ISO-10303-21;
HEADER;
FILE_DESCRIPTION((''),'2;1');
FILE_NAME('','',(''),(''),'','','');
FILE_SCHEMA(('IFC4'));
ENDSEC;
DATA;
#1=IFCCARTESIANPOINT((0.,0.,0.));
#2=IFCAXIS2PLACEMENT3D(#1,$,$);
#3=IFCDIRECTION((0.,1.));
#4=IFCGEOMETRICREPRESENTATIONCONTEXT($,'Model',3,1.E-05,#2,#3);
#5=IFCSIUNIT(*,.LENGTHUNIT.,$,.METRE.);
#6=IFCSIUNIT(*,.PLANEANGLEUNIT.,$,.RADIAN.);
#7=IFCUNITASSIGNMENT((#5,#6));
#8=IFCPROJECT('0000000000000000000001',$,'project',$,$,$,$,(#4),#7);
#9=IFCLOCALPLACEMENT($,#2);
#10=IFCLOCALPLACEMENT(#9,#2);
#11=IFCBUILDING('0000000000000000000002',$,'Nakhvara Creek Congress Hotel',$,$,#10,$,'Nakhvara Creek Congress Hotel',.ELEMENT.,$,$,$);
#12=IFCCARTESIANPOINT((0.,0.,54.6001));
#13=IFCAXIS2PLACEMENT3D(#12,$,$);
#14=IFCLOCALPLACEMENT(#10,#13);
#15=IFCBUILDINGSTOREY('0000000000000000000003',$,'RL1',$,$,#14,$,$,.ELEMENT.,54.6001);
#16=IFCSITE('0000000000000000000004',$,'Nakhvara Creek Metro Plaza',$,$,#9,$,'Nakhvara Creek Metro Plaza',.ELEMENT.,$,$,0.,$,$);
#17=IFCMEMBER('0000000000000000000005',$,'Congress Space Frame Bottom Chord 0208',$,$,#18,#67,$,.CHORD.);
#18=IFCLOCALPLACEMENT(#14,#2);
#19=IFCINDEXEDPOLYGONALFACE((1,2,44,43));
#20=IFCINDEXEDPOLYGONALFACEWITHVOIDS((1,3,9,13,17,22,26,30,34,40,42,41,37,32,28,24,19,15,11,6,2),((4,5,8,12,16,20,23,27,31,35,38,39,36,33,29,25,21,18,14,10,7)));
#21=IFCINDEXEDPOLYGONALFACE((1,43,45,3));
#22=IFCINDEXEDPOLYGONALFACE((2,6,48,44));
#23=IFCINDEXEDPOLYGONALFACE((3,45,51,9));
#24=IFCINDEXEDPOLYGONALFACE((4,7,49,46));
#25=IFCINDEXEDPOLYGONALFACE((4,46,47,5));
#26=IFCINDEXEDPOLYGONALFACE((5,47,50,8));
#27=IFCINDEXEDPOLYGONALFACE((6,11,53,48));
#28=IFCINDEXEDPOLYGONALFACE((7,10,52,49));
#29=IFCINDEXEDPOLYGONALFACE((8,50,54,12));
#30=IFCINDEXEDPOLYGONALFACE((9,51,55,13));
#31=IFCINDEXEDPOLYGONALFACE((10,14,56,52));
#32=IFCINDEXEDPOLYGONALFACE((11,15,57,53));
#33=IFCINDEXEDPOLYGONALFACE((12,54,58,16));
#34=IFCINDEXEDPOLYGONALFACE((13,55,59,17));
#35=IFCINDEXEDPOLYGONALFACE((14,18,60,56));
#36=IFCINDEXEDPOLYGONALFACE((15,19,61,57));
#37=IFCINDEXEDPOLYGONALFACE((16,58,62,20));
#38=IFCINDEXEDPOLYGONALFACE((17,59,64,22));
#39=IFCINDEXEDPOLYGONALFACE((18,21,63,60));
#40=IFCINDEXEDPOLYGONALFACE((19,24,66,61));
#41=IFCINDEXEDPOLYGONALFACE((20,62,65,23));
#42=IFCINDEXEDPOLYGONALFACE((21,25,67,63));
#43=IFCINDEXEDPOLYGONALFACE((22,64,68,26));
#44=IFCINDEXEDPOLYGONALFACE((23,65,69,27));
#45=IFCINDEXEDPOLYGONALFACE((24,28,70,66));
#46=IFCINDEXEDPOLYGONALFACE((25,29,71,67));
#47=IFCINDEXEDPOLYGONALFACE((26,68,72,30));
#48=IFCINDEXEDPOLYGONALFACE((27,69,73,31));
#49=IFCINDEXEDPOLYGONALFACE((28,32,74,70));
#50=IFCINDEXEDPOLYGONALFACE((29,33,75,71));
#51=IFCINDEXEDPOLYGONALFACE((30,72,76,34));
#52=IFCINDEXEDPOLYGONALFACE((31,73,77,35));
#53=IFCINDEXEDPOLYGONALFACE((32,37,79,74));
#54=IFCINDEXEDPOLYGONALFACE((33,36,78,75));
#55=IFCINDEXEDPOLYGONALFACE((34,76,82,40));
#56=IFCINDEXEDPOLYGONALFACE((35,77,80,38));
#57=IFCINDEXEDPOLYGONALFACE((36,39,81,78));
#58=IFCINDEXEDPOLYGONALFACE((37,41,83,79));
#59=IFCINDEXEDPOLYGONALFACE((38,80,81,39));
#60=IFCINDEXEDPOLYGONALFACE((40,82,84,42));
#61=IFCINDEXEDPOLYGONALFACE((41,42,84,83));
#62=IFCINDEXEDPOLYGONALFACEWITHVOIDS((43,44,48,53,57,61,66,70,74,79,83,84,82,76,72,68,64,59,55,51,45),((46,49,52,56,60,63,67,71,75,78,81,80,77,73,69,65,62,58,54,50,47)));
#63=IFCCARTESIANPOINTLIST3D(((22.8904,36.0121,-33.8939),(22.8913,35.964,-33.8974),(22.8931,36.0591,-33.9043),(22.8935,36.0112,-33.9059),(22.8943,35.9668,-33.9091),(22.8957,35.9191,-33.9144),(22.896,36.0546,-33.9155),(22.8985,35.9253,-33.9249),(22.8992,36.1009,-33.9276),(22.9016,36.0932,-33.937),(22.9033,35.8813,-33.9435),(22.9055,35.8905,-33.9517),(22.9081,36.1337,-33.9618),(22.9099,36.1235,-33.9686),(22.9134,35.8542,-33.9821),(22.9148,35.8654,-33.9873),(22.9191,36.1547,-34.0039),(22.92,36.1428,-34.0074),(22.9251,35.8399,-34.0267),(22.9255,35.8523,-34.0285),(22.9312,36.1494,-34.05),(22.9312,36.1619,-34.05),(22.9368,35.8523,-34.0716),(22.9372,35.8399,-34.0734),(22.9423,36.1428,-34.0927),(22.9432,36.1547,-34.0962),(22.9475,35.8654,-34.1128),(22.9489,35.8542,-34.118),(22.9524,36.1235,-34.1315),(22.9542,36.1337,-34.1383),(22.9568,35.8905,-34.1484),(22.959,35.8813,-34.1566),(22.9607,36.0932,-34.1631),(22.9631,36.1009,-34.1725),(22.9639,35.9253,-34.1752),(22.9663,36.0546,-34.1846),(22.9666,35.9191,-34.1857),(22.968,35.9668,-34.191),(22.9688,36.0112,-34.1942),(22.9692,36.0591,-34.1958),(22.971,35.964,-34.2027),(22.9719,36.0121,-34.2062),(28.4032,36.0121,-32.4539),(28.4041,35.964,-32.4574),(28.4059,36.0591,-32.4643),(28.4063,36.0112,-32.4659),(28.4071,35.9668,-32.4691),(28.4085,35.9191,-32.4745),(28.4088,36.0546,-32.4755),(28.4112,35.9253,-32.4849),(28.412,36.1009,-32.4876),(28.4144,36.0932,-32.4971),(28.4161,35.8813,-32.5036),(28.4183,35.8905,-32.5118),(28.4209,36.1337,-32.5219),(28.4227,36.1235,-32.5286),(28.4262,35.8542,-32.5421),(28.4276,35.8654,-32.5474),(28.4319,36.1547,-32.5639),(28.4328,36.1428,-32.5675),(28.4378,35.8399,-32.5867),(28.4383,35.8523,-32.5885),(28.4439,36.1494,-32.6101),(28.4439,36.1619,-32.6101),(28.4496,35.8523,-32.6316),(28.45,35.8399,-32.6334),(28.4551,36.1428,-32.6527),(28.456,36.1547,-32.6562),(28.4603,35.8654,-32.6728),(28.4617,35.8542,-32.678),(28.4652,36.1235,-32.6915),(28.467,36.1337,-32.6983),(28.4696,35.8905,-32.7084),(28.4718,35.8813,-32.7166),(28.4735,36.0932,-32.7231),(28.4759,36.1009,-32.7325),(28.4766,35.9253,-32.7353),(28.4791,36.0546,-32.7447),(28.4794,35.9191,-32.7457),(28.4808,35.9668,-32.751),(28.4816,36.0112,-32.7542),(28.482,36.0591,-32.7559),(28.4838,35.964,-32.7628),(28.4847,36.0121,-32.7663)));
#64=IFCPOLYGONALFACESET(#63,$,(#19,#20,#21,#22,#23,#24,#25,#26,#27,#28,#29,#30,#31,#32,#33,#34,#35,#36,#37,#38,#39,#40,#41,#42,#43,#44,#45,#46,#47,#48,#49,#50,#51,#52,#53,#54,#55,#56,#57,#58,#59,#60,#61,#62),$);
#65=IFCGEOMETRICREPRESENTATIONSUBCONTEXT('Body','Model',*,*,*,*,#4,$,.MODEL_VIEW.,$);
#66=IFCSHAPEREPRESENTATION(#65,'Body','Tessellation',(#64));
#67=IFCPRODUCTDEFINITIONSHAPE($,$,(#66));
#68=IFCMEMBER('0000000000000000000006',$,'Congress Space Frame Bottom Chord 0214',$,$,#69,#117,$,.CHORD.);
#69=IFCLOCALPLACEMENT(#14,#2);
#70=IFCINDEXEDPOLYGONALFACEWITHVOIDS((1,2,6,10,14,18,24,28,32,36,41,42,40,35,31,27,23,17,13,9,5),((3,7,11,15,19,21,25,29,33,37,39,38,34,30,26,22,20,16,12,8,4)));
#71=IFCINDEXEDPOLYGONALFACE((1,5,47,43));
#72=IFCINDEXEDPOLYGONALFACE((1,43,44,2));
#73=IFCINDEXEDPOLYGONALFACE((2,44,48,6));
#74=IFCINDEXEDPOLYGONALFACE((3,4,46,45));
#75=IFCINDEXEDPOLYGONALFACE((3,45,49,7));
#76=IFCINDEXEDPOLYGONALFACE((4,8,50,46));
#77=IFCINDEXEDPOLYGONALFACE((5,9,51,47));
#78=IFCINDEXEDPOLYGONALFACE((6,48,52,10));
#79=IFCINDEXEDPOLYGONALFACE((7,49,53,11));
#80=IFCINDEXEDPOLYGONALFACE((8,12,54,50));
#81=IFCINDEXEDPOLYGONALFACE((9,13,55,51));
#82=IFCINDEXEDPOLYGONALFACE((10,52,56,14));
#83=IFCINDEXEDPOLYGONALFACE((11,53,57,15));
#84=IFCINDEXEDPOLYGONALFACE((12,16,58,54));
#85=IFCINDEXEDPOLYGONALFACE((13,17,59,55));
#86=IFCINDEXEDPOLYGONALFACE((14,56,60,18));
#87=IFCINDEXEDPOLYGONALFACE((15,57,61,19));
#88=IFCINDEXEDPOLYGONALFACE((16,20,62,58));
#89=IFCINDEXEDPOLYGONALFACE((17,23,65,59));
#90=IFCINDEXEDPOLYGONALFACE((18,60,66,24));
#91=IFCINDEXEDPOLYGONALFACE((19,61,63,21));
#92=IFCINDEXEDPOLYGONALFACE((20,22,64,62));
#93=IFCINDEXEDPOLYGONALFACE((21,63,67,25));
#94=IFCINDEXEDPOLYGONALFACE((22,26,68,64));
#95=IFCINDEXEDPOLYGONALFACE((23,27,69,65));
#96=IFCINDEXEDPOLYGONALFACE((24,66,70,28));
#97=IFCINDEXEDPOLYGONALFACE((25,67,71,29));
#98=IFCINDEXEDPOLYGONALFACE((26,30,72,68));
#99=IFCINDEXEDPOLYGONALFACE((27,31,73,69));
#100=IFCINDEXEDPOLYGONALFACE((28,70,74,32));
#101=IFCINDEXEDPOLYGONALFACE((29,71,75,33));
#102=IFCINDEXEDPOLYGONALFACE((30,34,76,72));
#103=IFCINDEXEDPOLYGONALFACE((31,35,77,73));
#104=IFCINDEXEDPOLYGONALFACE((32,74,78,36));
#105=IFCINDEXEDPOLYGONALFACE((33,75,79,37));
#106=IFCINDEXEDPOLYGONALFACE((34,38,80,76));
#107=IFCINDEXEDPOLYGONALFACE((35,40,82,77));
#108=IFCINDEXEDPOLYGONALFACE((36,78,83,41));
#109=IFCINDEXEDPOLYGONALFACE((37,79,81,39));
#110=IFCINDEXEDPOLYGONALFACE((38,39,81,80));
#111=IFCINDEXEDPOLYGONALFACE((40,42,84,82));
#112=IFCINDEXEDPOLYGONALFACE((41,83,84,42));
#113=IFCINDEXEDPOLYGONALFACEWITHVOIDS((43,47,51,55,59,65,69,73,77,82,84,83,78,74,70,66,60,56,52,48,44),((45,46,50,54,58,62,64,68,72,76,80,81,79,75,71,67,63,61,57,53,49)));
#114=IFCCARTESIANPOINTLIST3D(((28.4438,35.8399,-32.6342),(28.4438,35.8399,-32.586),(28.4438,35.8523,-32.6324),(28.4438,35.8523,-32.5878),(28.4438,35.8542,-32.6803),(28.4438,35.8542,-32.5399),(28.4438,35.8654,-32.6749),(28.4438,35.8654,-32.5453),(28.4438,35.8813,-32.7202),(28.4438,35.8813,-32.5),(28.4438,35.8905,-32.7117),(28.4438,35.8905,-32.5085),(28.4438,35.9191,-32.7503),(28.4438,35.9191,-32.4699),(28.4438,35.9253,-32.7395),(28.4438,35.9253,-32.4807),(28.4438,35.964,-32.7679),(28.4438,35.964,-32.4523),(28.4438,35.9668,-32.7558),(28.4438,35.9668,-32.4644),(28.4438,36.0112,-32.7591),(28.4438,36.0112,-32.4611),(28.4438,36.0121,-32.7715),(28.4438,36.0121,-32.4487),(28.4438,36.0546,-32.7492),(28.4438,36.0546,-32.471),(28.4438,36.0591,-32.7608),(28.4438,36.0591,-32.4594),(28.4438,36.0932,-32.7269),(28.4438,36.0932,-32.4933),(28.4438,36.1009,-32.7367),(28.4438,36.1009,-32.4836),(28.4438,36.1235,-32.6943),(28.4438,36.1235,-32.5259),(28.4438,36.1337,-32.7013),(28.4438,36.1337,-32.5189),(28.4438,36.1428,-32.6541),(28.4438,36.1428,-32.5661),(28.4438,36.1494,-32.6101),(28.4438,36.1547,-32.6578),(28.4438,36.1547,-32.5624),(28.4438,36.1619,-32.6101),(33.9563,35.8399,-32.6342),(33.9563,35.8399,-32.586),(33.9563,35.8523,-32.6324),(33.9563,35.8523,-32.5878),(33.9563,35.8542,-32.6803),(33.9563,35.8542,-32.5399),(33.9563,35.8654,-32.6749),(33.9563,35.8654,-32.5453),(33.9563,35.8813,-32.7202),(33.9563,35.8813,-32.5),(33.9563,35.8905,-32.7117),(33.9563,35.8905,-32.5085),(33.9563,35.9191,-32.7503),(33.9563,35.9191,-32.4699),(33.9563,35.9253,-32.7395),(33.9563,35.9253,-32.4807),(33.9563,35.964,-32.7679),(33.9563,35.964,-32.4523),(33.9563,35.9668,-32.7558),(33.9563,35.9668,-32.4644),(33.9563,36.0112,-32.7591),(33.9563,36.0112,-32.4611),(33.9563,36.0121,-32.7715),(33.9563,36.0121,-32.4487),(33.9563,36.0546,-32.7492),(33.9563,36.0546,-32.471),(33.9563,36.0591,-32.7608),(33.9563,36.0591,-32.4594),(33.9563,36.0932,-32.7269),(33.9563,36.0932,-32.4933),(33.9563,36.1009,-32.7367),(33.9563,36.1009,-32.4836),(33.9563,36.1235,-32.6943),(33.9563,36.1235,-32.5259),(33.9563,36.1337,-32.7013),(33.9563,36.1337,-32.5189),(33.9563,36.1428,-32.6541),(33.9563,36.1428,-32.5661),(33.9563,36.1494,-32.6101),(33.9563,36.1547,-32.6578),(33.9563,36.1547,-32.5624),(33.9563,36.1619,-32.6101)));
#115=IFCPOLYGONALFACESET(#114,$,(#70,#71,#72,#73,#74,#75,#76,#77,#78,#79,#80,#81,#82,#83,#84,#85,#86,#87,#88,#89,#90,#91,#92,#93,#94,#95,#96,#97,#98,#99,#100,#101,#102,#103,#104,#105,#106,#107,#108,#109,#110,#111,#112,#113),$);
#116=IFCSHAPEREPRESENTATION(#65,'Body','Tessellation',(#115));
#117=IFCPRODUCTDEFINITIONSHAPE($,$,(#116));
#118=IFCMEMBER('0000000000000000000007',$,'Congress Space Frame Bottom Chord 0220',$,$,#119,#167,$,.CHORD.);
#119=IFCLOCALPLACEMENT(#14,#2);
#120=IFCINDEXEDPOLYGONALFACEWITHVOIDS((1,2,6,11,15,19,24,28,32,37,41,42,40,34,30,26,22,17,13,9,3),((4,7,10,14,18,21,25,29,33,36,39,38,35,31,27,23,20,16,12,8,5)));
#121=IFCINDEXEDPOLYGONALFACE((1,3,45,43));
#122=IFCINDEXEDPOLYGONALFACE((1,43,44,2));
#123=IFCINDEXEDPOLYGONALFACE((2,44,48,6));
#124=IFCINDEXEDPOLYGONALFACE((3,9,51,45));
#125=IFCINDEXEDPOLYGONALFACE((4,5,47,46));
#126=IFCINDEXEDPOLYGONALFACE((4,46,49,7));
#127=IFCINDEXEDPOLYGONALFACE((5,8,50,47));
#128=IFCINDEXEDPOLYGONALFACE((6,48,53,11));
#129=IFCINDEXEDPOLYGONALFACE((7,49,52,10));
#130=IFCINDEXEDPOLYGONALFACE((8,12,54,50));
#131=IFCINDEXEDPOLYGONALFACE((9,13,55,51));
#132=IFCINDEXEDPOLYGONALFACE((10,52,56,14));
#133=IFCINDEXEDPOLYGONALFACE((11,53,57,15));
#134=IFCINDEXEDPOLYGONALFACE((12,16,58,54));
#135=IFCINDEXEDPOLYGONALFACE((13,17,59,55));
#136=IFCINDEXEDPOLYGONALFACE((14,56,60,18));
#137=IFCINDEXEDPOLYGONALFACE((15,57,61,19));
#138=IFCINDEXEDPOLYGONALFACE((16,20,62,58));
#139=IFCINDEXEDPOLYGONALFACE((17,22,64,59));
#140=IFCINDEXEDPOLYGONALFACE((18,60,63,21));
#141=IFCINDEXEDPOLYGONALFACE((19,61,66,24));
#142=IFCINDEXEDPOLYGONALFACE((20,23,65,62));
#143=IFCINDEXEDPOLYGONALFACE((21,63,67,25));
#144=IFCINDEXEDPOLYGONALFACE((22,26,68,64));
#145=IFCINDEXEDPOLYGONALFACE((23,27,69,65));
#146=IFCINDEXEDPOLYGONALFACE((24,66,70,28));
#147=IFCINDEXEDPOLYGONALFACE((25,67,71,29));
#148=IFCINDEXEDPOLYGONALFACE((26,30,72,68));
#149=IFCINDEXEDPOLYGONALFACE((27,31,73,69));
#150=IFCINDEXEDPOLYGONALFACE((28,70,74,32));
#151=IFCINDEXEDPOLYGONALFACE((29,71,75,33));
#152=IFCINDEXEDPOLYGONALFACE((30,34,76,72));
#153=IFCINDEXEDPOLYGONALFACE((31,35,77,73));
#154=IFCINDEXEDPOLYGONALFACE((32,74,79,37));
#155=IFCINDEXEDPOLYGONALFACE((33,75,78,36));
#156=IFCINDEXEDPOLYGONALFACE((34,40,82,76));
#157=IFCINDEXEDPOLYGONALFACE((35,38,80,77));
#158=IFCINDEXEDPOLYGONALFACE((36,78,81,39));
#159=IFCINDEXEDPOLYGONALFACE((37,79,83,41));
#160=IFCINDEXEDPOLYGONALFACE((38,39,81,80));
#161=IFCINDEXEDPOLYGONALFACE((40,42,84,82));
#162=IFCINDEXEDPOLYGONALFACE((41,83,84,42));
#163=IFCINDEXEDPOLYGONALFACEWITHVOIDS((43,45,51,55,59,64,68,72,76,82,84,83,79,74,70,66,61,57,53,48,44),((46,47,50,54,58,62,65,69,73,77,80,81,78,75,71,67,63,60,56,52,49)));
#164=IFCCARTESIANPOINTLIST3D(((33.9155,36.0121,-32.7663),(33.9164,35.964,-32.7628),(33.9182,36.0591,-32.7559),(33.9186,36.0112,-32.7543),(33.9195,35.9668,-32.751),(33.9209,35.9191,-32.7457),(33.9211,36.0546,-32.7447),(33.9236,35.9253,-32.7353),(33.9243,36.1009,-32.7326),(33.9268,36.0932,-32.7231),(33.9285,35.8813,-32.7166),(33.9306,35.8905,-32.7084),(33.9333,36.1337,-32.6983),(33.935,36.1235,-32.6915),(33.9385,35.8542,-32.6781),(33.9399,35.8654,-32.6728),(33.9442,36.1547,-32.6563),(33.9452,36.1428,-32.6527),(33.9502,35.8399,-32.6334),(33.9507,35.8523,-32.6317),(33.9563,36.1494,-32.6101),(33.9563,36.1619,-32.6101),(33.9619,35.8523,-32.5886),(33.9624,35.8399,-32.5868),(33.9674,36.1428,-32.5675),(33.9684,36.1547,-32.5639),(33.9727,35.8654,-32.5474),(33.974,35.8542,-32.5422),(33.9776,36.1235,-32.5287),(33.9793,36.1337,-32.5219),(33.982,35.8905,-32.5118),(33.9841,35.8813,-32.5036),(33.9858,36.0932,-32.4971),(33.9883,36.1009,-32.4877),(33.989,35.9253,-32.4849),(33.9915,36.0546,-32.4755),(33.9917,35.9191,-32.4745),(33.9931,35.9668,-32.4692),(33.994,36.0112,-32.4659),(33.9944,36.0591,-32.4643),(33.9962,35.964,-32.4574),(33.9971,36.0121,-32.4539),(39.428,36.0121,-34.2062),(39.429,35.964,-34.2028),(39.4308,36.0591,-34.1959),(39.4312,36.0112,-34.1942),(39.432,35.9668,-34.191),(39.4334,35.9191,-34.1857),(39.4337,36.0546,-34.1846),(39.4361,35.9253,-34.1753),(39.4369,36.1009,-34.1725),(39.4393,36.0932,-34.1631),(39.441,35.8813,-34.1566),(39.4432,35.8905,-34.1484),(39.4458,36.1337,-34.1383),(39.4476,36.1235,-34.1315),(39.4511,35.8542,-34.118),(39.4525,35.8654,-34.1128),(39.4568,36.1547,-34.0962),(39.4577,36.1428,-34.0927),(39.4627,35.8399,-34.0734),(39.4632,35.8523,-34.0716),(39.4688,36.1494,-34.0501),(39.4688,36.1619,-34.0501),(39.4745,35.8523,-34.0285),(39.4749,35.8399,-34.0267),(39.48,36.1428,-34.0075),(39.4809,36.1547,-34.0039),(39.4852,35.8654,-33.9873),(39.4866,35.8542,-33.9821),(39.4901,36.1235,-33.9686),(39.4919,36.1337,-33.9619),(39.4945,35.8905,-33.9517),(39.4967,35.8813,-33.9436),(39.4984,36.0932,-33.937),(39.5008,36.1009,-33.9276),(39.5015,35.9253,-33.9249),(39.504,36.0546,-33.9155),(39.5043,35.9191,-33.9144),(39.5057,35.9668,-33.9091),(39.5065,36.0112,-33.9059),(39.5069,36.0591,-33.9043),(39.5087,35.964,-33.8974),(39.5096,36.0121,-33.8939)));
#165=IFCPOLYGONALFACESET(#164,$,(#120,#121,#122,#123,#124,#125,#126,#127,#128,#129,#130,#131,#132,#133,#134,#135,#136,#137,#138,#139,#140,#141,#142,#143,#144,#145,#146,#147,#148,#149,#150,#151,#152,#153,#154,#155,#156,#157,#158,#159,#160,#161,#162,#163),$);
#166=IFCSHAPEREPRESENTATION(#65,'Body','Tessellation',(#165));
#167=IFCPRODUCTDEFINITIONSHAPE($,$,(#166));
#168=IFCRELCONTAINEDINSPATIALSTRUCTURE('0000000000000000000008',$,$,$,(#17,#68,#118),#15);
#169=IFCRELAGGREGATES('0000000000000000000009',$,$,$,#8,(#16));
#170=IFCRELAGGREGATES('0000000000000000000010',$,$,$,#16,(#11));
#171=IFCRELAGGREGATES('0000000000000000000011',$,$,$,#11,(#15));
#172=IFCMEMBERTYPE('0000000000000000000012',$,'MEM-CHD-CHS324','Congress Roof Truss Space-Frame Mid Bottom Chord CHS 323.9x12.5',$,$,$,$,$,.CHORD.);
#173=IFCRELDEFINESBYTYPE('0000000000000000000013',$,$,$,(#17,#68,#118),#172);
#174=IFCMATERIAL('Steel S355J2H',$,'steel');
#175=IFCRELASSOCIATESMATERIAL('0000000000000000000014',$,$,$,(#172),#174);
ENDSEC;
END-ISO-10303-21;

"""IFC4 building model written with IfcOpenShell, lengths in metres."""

from ifc_helpers import new_model, si_unit, direction, frame, origin, origin_2d, place, context, subcontext, project, spatial, hollow_circle, extrude, material, material_profile, profile_set, type_object, element, save


model = new_model("IFC4")

# Units and contexts
model_context = context("Model", 3, precision=1e-05, world=origin(), true_north=direction((0.0, 1.0)))
body_context = subcontext(model_context, "Body", "Model", "MODEL_VIEW")
ifc_project = project(units=[si_unit("LENGTHUNIT", "METRE"), si_unit("PLANEANGLEUNIT", "RADIAN")], contexts=[model_context])

# Site, building, storey
site_placement = place(None, origin())
site = spatial("IfcSite", under=ifc_project, at=site_placement, Name="Nakhvara Creek Metro Plaza", LongName="Nakhvara Creek Metro Plaza", CompositionType="ELEMENT", RefElevation=0.0)
building_placement = place(site_placement, origin())
building = spatial("IfcBuilding", under=site, at=building_placement, Name="Nakhvara Creek Congress Hotel", LongName="Nakhvara Creek Congress Hotel", CompositionType="ELEMENT")
storey_placement = place(building_placement, frame((0.0, 0.0, 54.6001)))
storey = spatial("IfcBuildingStorey", under=building, at=storey_placement, Name="RL1", CompositionType="ELEMENT", Elevation=54.6001)

# Members
ifc_material_1 = material(Name="Steel S355J2H", Category="steel")
ifc_material_profile_1 = material_profile(ifc_material_1, hollow_circle(Radius=0.1619, WallThickness=0.0125, at=origin_2d()), Name="CHS 323.9x12.5", Category="LoadBearing")
ifc_profile_set_1 = profile_set([ifc_material_profile_1], Name="Steel S355J2H")
member_type_1 = type_object("IfcMemberType", Name="MEM-CHD-CHS324", Description="Congress Roof Truss Space-Frame Mid Bottom Chord CHS 323.9x12.5", PredefinedType="CHORD", material=ifc_profile_set_1)
member_1_placement = place(storey_placement, frame((22.9312, 36.0, -34.05), z_axis=(0.967538, 0.0, 0.252725), x_axis=(0.0, 1.0, 0.0)))
element("IfcMember", 1, at=member_1_placement, inside=storey, type_object=member_type_1, Name="Congress Space Frame Bottom Chord 0208", PredefinedType="CHORD", context=body_context, shape_type="SweptSolid", body=[
    extrude(hollow_circle(Radius=0.1619, WallThickness=0.0125, at=origin_2d()), origin(), (0.0, 0.0, 1.0), 5.6978),
])
member_2_placement = place(storey_placement, frame((28.4438, 36.0, -32.6101), z_axis=(1.0, 0.0, 0.0), x_axis=(0.0, 1.0, 0.0)))
element("IfcMember", 2, at=member_2_placement, inside=storey, type_object=member_type_1, Name="Congress Space Frame Bottom Chord 0214", PredefinedType="CHORD", context=body_context, shape_type="SweptSolid", body=[
    extrude(hollow_circle(Radius=0.1619, WallThickness=0.0125, at=origin_2d()), origin(), (0.0, 0.0, 1.0), 5.5125),
])
member_3_placement = place(storey_placement, frame((33.9563, 36.0, -32.6101), z_axis=(0.967535, 0.0, -0.252736), x_axis=(0.0, 1.0, 0.0)))
element("IfcMember", 3, at=member_3_placement, inside=storey, type_object=member_type_1, Name="Congress Space Frame Bottom Chord 0220", PredefinedType="CHORD", context=body_context, shape_type="SweptSolid", body=[
    extrude(hollow_circle(Radius=0.1619, WallThickness=0.0125, at=origin_2d()), origin(), (0.0, 0.0, 1.0), 5.6975),
])

save(model, "model.ifc")
